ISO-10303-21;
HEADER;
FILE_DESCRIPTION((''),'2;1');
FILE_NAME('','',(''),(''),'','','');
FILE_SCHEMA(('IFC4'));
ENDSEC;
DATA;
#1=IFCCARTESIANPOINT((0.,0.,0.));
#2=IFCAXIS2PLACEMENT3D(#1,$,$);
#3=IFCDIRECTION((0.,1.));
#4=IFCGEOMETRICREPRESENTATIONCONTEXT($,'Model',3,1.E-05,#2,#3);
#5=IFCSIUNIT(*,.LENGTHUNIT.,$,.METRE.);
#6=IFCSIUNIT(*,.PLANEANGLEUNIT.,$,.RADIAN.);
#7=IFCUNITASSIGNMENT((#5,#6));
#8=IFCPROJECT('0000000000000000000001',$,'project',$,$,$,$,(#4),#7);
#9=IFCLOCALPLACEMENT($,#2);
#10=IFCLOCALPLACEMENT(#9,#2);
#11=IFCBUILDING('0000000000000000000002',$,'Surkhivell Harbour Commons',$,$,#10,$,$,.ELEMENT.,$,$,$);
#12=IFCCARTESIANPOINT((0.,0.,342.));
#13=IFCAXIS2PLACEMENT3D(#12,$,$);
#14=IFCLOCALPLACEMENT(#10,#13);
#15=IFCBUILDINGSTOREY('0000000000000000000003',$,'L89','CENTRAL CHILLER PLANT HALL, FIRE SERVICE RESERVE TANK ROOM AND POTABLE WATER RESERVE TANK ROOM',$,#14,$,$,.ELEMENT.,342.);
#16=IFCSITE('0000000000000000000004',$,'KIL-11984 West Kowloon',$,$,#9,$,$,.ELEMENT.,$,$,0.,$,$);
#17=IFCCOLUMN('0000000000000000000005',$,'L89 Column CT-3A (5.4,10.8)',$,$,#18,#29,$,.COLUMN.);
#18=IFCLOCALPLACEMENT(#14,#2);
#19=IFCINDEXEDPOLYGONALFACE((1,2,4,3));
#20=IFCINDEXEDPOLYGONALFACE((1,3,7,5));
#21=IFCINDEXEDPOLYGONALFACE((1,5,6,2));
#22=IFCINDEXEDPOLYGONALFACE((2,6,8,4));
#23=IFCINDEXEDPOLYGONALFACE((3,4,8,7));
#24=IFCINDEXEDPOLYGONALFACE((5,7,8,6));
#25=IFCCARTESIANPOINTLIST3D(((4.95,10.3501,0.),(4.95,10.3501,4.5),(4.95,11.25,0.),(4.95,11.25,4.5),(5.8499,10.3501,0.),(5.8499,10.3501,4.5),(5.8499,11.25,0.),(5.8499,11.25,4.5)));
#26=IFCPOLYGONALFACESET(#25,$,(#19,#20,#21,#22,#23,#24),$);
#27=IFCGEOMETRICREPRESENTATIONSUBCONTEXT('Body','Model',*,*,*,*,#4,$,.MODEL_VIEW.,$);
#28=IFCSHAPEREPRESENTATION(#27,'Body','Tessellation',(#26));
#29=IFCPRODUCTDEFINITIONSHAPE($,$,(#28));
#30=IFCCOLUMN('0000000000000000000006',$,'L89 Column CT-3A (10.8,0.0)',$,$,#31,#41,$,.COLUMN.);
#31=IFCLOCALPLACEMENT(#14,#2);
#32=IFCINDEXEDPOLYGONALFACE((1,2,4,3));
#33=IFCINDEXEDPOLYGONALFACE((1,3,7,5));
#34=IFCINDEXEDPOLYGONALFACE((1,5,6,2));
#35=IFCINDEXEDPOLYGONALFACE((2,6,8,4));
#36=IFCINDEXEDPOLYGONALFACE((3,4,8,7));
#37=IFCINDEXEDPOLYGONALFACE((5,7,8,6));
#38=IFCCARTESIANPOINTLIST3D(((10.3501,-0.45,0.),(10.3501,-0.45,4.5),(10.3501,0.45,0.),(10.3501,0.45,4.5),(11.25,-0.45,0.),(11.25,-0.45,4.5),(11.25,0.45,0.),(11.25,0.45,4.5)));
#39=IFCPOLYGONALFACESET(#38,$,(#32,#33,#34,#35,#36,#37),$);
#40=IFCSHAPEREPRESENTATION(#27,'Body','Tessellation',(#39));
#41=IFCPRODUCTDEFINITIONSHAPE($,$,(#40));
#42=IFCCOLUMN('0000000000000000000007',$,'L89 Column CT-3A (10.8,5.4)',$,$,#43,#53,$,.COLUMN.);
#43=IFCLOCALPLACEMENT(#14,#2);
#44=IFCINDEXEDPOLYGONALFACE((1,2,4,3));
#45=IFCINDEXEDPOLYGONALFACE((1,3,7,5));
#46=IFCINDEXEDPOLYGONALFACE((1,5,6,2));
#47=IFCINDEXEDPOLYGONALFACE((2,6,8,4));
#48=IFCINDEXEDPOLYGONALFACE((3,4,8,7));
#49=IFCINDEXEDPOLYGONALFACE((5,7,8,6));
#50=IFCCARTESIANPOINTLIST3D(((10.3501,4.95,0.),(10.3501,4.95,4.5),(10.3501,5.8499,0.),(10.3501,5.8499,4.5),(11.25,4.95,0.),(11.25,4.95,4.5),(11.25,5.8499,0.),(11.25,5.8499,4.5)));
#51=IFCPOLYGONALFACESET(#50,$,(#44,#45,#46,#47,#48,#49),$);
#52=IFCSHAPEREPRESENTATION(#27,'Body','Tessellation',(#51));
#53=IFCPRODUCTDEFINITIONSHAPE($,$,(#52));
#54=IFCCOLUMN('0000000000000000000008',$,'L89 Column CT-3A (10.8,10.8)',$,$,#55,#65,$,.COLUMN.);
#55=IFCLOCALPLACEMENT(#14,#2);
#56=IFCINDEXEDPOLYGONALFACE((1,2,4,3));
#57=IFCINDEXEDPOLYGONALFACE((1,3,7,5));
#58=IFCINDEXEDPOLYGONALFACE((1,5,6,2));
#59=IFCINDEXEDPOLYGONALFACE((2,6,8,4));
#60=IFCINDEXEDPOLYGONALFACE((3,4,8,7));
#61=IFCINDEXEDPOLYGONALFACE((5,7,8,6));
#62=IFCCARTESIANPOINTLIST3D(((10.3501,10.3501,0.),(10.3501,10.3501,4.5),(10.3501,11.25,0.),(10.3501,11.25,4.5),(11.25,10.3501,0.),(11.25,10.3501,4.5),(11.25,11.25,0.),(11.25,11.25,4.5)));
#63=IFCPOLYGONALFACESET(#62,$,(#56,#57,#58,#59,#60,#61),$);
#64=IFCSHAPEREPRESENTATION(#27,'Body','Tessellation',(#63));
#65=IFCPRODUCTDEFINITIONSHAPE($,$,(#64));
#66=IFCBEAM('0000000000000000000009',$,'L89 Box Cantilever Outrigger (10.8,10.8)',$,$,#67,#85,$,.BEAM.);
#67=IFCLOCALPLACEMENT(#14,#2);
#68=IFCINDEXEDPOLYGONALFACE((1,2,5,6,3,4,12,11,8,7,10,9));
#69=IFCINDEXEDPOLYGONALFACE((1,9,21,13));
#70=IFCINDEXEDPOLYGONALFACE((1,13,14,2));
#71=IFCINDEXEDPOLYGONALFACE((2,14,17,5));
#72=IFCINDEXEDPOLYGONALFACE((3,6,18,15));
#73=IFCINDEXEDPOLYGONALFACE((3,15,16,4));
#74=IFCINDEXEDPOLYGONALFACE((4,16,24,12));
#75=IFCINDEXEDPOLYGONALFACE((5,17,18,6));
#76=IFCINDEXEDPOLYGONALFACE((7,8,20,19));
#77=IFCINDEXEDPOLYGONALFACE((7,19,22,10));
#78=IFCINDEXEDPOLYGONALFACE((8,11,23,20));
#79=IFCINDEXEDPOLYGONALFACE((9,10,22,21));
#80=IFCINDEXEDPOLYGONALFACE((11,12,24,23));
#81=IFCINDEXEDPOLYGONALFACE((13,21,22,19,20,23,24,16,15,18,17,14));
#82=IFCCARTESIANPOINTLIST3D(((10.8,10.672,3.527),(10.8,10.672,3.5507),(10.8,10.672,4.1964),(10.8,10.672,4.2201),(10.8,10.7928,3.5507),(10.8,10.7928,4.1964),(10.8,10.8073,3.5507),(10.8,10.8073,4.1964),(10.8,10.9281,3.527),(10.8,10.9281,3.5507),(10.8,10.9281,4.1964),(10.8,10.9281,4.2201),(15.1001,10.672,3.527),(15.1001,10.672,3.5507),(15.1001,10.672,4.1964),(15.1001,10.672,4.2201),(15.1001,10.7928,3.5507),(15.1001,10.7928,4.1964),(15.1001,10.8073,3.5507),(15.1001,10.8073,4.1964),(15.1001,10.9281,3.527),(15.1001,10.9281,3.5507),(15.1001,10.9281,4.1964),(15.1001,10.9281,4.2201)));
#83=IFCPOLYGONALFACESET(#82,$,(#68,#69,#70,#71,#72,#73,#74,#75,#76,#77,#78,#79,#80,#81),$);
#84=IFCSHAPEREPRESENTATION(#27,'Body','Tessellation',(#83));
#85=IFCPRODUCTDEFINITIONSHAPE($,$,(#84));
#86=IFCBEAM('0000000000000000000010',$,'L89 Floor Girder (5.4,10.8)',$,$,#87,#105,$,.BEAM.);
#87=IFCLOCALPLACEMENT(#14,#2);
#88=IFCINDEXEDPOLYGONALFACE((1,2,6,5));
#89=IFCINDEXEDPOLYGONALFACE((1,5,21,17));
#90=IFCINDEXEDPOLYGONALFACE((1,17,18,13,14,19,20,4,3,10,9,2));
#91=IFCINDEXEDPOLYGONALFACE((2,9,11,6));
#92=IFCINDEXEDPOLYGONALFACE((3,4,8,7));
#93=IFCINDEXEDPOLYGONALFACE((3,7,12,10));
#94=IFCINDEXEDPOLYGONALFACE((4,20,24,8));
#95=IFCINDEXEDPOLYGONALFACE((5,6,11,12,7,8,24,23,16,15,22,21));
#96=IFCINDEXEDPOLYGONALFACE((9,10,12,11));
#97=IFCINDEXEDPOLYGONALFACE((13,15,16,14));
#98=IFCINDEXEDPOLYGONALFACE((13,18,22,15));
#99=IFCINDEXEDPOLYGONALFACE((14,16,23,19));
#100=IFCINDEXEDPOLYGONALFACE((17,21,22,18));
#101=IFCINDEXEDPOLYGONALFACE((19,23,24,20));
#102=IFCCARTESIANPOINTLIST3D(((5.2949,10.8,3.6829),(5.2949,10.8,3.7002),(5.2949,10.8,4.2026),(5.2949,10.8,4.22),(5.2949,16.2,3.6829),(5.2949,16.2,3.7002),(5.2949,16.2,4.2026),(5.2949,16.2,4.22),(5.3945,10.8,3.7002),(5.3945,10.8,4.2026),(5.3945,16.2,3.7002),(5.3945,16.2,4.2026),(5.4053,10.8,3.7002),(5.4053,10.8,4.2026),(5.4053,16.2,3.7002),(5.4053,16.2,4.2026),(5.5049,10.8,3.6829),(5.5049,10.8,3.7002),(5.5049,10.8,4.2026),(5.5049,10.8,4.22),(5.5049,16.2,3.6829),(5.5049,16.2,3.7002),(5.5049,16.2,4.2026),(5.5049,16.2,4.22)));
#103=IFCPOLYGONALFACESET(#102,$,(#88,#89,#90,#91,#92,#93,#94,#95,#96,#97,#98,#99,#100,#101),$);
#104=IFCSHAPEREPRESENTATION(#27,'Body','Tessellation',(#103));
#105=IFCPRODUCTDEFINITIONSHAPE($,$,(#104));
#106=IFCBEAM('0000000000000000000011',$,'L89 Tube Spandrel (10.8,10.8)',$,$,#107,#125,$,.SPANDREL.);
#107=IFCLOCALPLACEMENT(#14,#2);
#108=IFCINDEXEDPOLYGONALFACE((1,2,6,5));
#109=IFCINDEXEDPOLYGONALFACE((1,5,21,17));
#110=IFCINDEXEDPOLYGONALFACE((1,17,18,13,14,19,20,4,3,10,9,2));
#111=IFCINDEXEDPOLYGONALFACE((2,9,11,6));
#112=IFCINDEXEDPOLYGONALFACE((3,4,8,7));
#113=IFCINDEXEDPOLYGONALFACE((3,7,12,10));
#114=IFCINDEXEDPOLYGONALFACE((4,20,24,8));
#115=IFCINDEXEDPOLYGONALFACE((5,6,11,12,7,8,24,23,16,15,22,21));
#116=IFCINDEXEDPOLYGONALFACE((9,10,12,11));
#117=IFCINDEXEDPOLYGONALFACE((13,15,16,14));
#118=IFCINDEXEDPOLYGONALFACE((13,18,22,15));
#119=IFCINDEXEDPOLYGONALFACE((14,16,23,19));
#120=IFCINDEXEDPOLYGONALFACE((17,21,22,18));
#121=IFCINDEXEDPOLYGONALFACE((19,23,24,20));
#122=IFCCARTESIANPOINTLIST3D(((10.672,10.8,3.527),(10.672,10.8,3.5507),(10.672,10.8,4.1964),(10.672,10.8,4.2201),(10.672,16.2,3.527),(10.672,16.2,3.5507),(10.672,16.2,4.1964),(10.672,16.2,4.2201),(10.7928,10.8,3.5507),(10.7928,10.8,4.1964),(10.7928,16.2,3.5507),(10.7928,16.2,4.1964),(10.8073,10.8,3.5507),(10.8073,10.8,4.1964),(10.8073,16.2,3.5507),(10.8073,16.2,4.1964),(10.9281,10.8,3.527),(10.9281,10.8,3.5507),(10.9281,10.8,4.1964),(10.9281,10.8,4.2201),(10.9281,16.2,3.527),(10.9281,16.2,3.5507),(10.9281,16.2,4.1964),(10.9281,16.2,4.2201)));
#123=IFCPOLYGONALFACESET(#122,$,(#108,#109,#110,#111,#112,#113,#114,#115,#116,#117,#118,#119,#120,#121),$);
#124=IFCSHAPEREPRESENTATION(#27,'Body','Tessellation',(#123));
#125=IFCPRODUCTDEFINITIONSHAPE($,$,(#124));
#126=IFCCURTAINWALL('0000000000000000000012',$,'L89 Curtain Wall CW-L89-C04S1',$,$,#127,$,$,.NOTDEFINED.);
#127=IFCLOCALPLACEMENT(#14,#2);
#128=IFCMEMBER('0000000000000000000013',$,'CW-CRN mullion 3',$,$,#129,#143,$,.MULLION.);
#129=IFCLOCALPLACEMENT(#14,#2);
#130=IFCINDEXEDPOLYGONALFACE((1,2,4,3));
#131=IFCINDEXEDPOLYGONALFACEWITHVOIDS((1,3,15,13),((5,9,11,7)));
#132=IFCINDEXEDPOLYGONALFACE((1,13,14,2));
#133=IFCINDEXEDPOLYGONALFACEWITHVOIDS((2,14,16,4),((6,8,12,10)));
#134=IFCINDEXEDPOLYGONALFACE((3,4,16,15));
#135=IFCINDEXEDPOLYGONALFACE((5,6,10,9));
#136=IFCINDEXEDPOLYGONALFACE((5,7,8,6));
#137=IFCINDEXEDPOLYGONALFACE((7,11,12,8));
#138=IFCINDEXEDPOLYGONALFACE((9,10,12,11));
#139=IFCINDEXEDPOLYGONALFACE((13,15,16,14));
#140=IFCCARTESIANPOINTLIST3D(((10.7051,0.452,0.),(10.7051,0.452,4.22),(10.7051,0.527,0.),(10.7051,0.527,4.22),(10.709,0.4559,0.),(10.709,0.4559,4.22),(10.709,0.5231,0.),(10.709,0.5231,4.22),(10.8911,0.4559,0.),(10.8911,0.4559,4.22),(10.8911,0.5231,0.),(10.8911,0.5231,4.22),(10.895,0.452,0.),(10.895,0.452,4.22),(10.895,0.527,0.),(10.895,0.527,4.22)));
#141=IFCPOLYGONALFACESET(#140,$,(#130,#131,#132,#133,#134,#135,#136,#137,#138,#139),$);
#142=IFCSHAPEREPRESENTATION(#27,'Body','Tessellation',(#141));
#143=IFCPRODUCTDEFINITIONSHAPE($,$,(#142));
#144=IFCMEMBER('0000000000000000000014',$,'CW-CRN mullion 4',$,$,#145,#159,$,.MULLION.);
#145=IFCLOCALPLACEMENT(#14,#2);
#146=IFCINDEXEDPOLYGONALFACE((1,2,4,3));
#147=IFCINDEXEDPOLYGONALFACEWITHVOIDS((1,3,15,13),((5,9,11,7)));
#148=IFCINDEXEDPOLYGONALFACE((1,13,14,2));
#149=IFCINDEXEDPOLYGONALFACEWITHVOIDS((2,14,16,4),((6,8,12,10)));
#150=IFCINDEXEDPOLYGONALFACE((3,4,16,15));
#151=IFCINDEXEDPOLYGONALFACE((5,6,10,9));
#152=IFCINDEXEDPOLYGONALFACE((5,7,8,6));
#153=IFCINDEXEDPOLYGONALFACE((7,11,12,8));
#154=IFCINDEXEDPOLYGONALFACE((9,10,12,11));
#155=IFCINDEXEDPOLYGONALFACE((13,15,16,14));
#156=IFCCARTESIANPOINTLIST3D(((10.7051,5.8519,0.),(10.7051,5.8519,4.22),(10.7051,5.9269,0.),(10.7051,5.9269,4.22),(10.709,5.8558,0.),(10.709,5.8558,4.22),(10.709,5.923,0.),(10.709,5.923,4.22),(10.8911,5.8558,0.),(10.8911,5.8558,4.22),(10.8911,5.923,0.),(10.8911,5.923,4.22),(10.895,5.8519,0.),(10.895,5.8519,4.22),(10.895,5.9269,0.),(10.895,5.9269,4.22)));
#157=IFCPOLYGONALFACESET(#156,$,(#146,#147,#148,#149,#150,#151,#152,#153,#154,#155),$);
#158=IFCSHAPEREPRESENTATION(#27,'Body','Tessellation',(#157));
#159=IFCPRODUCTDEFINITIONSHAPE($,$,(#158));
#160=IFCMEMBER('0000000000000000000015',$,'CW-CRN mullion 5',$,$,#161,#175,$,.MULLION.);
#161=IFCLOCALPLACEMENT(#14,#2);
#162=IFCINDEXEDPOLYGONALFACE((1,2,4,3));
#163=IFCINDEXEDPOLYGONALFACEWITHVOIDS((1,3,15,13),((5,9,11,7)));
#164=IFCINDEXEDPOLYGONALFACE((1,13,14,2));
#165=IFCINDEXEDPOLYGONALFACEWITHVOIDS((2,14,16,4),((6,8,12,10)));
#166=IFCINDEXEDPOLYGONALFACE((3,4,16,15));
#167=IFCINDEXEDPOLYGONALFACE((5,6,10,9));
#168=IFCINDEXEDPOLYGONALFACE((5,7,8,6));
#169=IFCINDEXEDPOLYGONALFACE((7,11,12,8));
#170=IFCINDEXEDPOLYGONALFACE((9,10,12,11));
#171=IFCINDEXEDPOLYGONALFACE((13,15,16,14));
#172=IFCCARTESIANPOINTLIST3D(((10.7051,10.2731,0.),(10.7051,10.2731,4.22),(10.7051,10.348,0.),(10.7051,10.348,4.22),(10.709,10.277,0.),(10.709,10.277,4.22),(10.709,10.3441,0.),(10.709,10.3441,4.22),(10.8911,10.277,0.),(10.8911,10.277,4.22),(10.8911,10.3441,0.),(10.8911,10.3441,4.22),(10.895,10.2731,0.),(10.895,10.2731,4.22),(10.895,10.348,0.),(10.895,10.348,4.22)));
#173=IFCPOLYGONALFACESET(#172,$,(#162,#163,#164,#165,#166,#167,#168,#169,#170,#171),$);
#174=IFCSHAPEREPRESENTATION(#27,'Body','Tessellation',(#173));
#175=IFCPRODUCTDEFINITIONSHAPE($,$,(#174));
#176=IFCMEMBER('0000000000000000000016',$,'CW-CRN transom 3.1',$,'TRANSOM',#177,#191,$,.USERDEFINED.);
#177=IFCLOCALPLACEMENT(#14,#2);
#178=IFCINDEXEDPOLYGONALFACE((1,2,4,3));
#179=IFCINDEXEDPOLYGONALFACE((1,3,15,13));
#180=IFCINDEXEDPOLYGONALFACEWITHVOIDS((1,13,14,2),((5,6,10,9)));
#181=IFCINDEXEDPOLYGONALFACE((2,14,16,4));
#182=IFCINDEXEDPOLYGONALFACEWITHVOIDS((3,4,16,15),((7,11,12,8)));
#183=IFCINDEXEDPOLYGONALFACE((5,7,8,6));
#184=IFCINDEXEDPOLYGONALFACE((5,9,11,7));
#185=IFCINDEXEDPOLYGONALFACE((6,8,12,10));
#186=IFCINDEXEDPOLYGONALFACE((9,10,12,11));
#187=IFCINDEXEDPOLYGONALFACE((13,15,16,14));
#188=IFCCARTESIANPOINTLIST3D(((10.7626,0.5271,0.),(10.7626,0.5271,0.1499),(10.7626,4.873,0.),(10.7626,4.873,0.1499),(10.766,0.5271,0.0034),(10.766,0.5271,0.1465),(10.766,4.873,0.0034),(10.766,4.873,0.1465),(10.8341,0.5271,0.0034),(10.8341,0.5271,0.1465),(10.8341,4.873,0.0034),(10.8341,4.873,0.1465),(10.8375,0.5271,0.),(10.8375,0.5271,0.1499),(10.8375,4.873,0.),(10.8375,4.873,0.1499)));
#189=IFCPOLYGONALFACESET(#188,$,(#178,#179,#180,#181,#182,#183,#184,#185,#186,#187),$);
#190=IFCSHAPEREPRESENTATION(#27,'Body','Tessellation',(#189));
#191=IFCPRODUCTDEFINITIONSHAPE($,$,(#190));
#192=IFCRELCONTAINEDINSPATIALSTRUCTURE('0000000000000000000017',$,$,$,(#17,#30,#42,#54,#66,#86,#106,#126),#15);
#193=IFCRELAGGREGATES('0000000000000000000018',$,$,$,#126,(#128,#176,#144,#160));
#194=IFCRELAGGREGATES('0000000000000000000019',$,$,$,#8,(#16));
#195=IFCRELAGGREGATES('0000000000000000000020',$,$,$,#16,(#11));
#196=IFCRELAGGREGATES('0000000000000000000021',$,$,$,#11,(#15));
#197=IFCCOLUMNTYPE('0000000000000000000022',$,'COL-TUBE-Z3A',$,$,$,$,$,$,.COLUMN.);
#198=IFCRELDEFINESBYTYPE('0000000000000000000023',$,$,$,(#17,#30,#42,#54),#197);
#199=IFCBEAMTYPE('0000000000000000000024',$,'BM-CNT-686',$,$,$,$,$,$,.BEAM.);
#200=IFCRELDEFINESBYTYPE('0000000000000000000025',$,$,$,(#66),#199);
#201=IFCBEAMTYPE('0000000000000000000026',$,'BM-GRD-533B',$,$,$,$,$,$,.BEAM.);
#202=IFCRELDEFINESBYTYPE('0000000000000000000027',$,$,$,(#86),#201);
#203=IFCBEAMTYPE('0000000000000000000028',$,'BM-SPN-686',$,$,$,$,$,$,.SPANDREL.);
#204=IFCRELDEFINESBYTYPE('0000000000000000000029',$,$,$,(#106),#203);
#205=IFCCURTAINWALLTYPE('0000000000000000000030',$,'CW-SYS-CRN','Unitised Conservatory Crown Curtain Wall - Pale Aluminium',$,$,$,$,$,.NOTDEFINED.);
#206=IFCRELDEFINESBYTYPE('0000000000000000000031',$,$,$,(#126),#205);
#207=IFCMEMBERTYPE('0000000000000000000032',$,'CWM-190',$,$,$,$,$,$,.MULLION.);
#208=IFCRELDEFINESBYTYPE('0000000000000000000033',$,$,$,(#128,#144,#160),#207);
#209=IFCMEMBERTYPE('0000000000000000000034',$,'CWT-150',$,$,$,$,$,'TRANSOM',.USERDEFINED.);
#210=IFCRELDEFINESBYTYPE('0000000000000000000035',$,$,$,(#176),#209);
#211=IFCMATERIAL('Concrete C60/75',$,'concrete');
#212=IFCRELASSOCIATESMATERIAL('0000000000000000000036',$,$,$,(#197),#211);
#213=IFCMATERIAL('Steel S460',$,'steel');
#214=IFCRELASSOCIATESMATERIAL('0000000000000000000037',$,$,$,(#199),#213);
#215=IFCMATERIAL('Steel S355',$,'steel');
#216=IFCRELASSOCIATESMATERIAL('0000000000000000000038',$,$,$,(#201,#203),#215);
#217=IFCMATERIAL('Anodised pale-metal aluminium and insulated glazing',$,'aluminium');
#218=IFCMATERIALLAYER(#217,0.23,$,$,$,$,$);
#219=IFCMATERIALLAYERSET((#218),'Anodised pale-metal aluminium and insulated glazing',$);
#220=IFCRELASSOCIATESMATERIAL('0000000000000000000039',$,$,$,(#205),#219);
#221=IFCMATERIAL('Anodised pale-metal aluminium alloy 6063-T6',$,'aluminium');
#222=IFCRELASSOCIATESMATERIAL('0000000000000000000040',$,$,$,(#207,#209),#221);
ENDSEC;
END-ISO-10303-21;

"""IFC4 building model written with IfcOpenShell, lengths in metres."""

from ifc_helpers import new_model, si_unit, direction, frame, origin, origin_2d, place, context, subcontext, project, spatial, rectangle, hollow_rectangle, i_section, extrude, material, layer, layer_set, material_profile, profile_set, type_object, element, aggregate, save


model = new_model("IFC4")

# Units and contexts
model_context = context("Model", 3, precision=1e-05, world=origin(), true_north=direction((0.0, 1.0)))
body_context = subcontext(model_context, "Body", "Model", "MODEL_VIEW")
ifc_project = project(units=[si_unit("LENGTHUNIT", "METRE"), si_unit("PLANEANGLEUNIT", "RADIAN")], contexts=[model_context])

# Site, building, storey
site_placement = place(None, origin())
site = spatial("IfcSite", under=ifc_project, at=site_placement, Name="KIL-11984 West Kowloon", CompositionType="ELEMENT", RefElevation=0.0)
building_placement = place(site_placement, origin())
building = spatial("IfcBuilding", under=site, at=building_placement, Name="Surkhivell Harbour Commons", CompositionType="ELEMENT")
storey_placement = place(building_placement, frame((0.0, 0.0, 342.0)))
storey = spatial("IfcBuildingStorey", under=building, at=storey_placement, Name="L89", Description="CENTRAL CHILLER PLANT HALL, FIRE SERVICE RESERVE TANK ROOM AND POTABLE WATER RESERVE TANK ROOM", CompositionType="ELEMENT", Elevation=342.0)

# Columns
ifc_material_1 = material(Name="Concrete C60/75", Category="concrete")
ifc_material_profile_1 = material_profile(ifc_material_1, rectangle(XDim=0.8999, YDim=0.8999, at=origin_2d()), Name="RC-COL-900x900")
ifc_profile_set_1 = profile_set([ifc_material_profile_1], Name="Concrete C60/75")
column_type = type_object("IfcColumnType", Name="COL-TUBE-Z3A", PredefinedType="COLUMN", material=ifc_profile_set_1)
for number, where, z_axis, x_axis, name in (
    (1, (5.3999, 10.8, 0.0), (0.0, 0.0, 1.0), (1.0, 0.0, 0.0), "L89 Column CT-3A (5.4,10.8)"),
    (2, (10.8, 0.0, 0.0), (0.0, 0.0, 1.0), (1.0, 0.0, 0.0), "L89 Column CT-3A (10.8,0.0)"),
    (3, (10.8, 5.3999, 0.0), (0.0, 0.0, 1.0), (1.0, 0.0, 0.0), "L89 Column CT-3A (10.8,5.4)"),
    (4, (10.8, 10.8, 0.0), (0.0, 0.0, 1.0), (1.0, 0.0, 0.0), "L89 Column CT-3A (10.8,10.8)"),
):
    element("IfcColumn", number, at=place(storey_placement, frame(where, z_axis=z_axis, x_axis=x_axis)), inside=storey, type_object=column_type, Name=name, PredefinedType="COLUMN", context=body_context, shape_type="SweptSolid", body=[
        extrude(rectangle(XDim=0.8999, YDim=0.8999, at=origin_2d()), origin(), (0.0, 0.0, 1.0), 4.5),
    ])

# Beams
ifc_material_2 = material(Name="Steel S460", Category="steel")
ifc_material_profile_2 = material_profile(ifc_material_2, i_section(OverallWidth=0.2561, OverallDepth=0.6931, WebThickness=0.0144, FlangeThickness=0.0237, at=origin_2d()), Name="UB686x254x170")
ifc_profile_set_2 = profile_set([ifc_material_profile_2], Name="Steel S460")
beam_type_1 = type_object("IfcBeamType", Name="BM-CNT-686", PredefinedType="BEAM", material=ifc_profile_set_2)
beam_1_placement = place(storey_placement, frame((10.8, 10.8, 3.8735), z_axis=(1.0, 0.0, 0.0), x_axis=(0.0, 1.0, 0.0)))
element("IfcBeam", 5, at=beam_1_placement, inside=storey, type_object=beam_type_1, Name="L89 Box Cantilever Outrigger (10.8,10.8)", PredefinedType="BEAM", context=body_context, shape_type="SweptSolid", body=[
    extrude(i_section(OverallWidth=0.2561, OverallDepth=0.6931, WebThickness=0.0144, FlangeThickness=0.0237, at=origin_2d()), origin(), (0.0, 0.0, 1.0), 4.3),
])
ifc_material_3 = material(Name="Steel S355", Category="steel")
ifc_material_profile_3 = material_profile(ifc_material_3, i_section(OverallWidth=0.21, OverallDepth=0.5371, WebThickness=0.0107, FlangeThickness=0.0173, at=origin_2d()), Name="UB533x210x101")
ifc_profile_set_3 = profile_set([ifc_material_profile_3], Name="Steel S355")
beam_type_2 = type_object("IfcBeamType", Name="BM-GRD-533B", PredefinedType="BEAM", material=ifc_profile_set_3)
beam_2_placement = place(storey_placement, frame((5.3999, 10.8, 3.9514), z_axis=(0.0, 1.0, 0.0), x_axis=(-1.0, 0.0, 0.0)))
element("IfcBeam", 6, at=beam_2_placement, inside=storey, type_object=beam_type_2, Name="L89 Floor Girder (5.4,10.8)", PredefinedType="BEAM", context=body_context, shape_type="SweptSolid", body=[
    extrude(i_section(OverallWidth=0.21, OverallDepth=0.5371, WebThickness=0.0107, FlangeThickness=0.0173, at=origin_2d()), origin(), (0.0, 0.0, 1.0), 5.3999),
])
ifc_material_profile_4 = material_profile(ifc_material_3, i_section(OverallWidth=0.2561, OverallDepth=0.6931, WebThickness=0.0144, FlangeThickness=0.0237, at=origin_2d()), Name="UB686x254x170")
ifc_profile_set_4 = profile_set([ifc_material_profile_4], Name="Steel S355")
beam_type_3 = type_object("IfcBeamType", Name="BM-SPN-686", PredefinedType="SPANDREL", material=ifc_profile_set_4)
beam_3_placement = place(storey_placement, frame((10.8, 10.8, 3.8735), z_axis=(0.0, 1.0, 0.0), x_axis=(-1.0, 0.0, 0.0)))
element("IfcBeam", 7, at=beam_3_placement, inside=storey, type_object=beam_type_3, Name="L89 Tube Spandrel (10.8,10.8)", PredefinedType="SPANDREL", context=body_context, shape_type="SweptSolid", body=[
    extrude(i_section(OverallWidth=0.2561, OverallDepth=0.6931, WebThickness=0.0144, FlangeThickness=0.0237, at=origin_2d()), origin(), (0.0, 0.0, 1.0), 5.3999),
])

# Curtain wall, members
ifc_material_4 = material(Name="Anodised pale-metal aluminium and insulated glazing", Category="aluminium")
ifc_layer_1 = layer(ifc_material_4, 0.23)
ifc_layer_set_1 = layer_set([ifc_layer_1], Name="Anodised pale-metal aluminium and insulated glazing")
curtain_wall_type = type_object("IfcCurtainWallType", Name="CW-SYS-CRN", Description="Unitised Conservatory Crown Curtain Wall - Pale Aluminium", PredefinedType="NOTDEFINED", material=ifc_layer_set_1)
curtain_wall_placement = place(storey_placement, origin())
curtain_wall = element("IfcCurtainWall", 8, at=curtain_wall_placement, inside=storey, type_object=curtain_wall_type, Name="L89 Curtain Wall CW-L89-C04S1", PredefinedType="NOTDEFINED")
ifc_material_5 = material(Name="Anodised pale-metal aluminium alloy 6063-T6", Category="aluminium")
ifc_material_profile_5 = material_profile(ifc_material_5, hollow_rectangle(XDim=0.075, YDim=0.1899, WallThickness=0.0039, at=origin_2d()), Name="ALU-MULL-75x190")
ifc_profile_set_5 = profile_set([ifc_material_profile_5], Name="Anodised pale-metal aluminium alloy 6063-T6")
member_type_1 = type_object("IfcMemberType", Name="CWM-190", PredefinedType="MULLION", material=ifc_profile_set_5)
member_1_placement = place(storey_placement, frame((10.8, 0.4895, 0.0), z_axis=(0.0, 0.0, 1.0), x_axis=(0.0, 1.0, 0.0)))
member_1 = element("IfcMember", 9, at=member_1_placement, type_object=member_type_1, Name="CW-CRN mullion 3", PredefinedType="MULLION", context=body_context, shape_type="SweptSolid", body=[
    extrude(hollow_rectangle(XDim=0.075, YDim=0.1899, WallThickness=0.0039, at=origin_2d()), origin(), (0.0, 0.0, 1.0), 4.22),
])
member_2_placement = place(storey_placement, frame((10.8, 5.8894, 0.0), z_axis=(0.0, 0.0, 1.0), x_axis=(0.0, 1.0, 0.0)))
member_2 = element("IfcMember", 10, at=member_2_placement, type_object=member_type_1, Name="CW-CRN mullion 4", PredefinedType="MULLION", context=body_context, shape_type="SweptSolid", body=[
    extrude(hollow_rectangle(XDim=0.075, YDim=0.1899, WallThickness=0.0039, at=origin_2d()), origin(), (0.0, 0.0, 1.0), 4.22),
])
member_3_placement = place(storey_placement, frame((10.8, 10.3105, 0.0), z_axis=(0.0, 0.0, 1.0), x_axis=(0.0, 1.0, 0.0)))
member_3 = element("IfcMember", 11, at=member_3_placement, type_object=member_type_1, Name="CW-CRN mullion 5", PredefinedType="MULLION", context=body_context, shape_type="SweptSolid", body=[
    extrude(hollow_rectangle(XDim=0.075, YDim=0.1899, WallThickness=0.0039, at=origin_2d()), origin(), (0.0, 0.0, 1.0), 4.22),
])
ifc_material_profile_6 = material_profile(ifc_material_5, hollow_rectangle(XDim=0.075, YDim=0.1499, WallThickness=0.0034, at=origin_2d()), Name="ALU-TRAN-75x150")
ifc_profile_set_6 = profile_set([ifc_material_profile_6], Name="Anodised pale-metal aluminium alloy 6063-T6")
member_type_2 = type_object("IfcMemberType", Name="CWT-150", ElementType="TRANSOM", PredefinedType="USERDEFINED", material=ifc_profile_set_6)
member_4_placement = place(storey_placement, frame((10.8, 0.5271, 0.075), z_axis=(0.0, 1.0, 0.0), x_axis=(-1.0, 0.0, 0.0)))
member_4 = element("IfcMember", 12, at=member_4_placement, type_object=member_type_2, Name="CW-CRN transom 3.1", ObjectType="TRANSOM", PredefinedType="USERDEFINED", context=body_context, shape_type="SweptSolid", body=[
    extrude(hollow_rectangle(XDim=0.075, YDim=0.1499, WallThickness=0.0034, at=origin_2d()), origin(), (0.0, 0.0, 1.0), 4.3459),
])
aggregate(curtain_wall, [member_1, member_4, member_2, member_3])

save(model, "model.ifc")
